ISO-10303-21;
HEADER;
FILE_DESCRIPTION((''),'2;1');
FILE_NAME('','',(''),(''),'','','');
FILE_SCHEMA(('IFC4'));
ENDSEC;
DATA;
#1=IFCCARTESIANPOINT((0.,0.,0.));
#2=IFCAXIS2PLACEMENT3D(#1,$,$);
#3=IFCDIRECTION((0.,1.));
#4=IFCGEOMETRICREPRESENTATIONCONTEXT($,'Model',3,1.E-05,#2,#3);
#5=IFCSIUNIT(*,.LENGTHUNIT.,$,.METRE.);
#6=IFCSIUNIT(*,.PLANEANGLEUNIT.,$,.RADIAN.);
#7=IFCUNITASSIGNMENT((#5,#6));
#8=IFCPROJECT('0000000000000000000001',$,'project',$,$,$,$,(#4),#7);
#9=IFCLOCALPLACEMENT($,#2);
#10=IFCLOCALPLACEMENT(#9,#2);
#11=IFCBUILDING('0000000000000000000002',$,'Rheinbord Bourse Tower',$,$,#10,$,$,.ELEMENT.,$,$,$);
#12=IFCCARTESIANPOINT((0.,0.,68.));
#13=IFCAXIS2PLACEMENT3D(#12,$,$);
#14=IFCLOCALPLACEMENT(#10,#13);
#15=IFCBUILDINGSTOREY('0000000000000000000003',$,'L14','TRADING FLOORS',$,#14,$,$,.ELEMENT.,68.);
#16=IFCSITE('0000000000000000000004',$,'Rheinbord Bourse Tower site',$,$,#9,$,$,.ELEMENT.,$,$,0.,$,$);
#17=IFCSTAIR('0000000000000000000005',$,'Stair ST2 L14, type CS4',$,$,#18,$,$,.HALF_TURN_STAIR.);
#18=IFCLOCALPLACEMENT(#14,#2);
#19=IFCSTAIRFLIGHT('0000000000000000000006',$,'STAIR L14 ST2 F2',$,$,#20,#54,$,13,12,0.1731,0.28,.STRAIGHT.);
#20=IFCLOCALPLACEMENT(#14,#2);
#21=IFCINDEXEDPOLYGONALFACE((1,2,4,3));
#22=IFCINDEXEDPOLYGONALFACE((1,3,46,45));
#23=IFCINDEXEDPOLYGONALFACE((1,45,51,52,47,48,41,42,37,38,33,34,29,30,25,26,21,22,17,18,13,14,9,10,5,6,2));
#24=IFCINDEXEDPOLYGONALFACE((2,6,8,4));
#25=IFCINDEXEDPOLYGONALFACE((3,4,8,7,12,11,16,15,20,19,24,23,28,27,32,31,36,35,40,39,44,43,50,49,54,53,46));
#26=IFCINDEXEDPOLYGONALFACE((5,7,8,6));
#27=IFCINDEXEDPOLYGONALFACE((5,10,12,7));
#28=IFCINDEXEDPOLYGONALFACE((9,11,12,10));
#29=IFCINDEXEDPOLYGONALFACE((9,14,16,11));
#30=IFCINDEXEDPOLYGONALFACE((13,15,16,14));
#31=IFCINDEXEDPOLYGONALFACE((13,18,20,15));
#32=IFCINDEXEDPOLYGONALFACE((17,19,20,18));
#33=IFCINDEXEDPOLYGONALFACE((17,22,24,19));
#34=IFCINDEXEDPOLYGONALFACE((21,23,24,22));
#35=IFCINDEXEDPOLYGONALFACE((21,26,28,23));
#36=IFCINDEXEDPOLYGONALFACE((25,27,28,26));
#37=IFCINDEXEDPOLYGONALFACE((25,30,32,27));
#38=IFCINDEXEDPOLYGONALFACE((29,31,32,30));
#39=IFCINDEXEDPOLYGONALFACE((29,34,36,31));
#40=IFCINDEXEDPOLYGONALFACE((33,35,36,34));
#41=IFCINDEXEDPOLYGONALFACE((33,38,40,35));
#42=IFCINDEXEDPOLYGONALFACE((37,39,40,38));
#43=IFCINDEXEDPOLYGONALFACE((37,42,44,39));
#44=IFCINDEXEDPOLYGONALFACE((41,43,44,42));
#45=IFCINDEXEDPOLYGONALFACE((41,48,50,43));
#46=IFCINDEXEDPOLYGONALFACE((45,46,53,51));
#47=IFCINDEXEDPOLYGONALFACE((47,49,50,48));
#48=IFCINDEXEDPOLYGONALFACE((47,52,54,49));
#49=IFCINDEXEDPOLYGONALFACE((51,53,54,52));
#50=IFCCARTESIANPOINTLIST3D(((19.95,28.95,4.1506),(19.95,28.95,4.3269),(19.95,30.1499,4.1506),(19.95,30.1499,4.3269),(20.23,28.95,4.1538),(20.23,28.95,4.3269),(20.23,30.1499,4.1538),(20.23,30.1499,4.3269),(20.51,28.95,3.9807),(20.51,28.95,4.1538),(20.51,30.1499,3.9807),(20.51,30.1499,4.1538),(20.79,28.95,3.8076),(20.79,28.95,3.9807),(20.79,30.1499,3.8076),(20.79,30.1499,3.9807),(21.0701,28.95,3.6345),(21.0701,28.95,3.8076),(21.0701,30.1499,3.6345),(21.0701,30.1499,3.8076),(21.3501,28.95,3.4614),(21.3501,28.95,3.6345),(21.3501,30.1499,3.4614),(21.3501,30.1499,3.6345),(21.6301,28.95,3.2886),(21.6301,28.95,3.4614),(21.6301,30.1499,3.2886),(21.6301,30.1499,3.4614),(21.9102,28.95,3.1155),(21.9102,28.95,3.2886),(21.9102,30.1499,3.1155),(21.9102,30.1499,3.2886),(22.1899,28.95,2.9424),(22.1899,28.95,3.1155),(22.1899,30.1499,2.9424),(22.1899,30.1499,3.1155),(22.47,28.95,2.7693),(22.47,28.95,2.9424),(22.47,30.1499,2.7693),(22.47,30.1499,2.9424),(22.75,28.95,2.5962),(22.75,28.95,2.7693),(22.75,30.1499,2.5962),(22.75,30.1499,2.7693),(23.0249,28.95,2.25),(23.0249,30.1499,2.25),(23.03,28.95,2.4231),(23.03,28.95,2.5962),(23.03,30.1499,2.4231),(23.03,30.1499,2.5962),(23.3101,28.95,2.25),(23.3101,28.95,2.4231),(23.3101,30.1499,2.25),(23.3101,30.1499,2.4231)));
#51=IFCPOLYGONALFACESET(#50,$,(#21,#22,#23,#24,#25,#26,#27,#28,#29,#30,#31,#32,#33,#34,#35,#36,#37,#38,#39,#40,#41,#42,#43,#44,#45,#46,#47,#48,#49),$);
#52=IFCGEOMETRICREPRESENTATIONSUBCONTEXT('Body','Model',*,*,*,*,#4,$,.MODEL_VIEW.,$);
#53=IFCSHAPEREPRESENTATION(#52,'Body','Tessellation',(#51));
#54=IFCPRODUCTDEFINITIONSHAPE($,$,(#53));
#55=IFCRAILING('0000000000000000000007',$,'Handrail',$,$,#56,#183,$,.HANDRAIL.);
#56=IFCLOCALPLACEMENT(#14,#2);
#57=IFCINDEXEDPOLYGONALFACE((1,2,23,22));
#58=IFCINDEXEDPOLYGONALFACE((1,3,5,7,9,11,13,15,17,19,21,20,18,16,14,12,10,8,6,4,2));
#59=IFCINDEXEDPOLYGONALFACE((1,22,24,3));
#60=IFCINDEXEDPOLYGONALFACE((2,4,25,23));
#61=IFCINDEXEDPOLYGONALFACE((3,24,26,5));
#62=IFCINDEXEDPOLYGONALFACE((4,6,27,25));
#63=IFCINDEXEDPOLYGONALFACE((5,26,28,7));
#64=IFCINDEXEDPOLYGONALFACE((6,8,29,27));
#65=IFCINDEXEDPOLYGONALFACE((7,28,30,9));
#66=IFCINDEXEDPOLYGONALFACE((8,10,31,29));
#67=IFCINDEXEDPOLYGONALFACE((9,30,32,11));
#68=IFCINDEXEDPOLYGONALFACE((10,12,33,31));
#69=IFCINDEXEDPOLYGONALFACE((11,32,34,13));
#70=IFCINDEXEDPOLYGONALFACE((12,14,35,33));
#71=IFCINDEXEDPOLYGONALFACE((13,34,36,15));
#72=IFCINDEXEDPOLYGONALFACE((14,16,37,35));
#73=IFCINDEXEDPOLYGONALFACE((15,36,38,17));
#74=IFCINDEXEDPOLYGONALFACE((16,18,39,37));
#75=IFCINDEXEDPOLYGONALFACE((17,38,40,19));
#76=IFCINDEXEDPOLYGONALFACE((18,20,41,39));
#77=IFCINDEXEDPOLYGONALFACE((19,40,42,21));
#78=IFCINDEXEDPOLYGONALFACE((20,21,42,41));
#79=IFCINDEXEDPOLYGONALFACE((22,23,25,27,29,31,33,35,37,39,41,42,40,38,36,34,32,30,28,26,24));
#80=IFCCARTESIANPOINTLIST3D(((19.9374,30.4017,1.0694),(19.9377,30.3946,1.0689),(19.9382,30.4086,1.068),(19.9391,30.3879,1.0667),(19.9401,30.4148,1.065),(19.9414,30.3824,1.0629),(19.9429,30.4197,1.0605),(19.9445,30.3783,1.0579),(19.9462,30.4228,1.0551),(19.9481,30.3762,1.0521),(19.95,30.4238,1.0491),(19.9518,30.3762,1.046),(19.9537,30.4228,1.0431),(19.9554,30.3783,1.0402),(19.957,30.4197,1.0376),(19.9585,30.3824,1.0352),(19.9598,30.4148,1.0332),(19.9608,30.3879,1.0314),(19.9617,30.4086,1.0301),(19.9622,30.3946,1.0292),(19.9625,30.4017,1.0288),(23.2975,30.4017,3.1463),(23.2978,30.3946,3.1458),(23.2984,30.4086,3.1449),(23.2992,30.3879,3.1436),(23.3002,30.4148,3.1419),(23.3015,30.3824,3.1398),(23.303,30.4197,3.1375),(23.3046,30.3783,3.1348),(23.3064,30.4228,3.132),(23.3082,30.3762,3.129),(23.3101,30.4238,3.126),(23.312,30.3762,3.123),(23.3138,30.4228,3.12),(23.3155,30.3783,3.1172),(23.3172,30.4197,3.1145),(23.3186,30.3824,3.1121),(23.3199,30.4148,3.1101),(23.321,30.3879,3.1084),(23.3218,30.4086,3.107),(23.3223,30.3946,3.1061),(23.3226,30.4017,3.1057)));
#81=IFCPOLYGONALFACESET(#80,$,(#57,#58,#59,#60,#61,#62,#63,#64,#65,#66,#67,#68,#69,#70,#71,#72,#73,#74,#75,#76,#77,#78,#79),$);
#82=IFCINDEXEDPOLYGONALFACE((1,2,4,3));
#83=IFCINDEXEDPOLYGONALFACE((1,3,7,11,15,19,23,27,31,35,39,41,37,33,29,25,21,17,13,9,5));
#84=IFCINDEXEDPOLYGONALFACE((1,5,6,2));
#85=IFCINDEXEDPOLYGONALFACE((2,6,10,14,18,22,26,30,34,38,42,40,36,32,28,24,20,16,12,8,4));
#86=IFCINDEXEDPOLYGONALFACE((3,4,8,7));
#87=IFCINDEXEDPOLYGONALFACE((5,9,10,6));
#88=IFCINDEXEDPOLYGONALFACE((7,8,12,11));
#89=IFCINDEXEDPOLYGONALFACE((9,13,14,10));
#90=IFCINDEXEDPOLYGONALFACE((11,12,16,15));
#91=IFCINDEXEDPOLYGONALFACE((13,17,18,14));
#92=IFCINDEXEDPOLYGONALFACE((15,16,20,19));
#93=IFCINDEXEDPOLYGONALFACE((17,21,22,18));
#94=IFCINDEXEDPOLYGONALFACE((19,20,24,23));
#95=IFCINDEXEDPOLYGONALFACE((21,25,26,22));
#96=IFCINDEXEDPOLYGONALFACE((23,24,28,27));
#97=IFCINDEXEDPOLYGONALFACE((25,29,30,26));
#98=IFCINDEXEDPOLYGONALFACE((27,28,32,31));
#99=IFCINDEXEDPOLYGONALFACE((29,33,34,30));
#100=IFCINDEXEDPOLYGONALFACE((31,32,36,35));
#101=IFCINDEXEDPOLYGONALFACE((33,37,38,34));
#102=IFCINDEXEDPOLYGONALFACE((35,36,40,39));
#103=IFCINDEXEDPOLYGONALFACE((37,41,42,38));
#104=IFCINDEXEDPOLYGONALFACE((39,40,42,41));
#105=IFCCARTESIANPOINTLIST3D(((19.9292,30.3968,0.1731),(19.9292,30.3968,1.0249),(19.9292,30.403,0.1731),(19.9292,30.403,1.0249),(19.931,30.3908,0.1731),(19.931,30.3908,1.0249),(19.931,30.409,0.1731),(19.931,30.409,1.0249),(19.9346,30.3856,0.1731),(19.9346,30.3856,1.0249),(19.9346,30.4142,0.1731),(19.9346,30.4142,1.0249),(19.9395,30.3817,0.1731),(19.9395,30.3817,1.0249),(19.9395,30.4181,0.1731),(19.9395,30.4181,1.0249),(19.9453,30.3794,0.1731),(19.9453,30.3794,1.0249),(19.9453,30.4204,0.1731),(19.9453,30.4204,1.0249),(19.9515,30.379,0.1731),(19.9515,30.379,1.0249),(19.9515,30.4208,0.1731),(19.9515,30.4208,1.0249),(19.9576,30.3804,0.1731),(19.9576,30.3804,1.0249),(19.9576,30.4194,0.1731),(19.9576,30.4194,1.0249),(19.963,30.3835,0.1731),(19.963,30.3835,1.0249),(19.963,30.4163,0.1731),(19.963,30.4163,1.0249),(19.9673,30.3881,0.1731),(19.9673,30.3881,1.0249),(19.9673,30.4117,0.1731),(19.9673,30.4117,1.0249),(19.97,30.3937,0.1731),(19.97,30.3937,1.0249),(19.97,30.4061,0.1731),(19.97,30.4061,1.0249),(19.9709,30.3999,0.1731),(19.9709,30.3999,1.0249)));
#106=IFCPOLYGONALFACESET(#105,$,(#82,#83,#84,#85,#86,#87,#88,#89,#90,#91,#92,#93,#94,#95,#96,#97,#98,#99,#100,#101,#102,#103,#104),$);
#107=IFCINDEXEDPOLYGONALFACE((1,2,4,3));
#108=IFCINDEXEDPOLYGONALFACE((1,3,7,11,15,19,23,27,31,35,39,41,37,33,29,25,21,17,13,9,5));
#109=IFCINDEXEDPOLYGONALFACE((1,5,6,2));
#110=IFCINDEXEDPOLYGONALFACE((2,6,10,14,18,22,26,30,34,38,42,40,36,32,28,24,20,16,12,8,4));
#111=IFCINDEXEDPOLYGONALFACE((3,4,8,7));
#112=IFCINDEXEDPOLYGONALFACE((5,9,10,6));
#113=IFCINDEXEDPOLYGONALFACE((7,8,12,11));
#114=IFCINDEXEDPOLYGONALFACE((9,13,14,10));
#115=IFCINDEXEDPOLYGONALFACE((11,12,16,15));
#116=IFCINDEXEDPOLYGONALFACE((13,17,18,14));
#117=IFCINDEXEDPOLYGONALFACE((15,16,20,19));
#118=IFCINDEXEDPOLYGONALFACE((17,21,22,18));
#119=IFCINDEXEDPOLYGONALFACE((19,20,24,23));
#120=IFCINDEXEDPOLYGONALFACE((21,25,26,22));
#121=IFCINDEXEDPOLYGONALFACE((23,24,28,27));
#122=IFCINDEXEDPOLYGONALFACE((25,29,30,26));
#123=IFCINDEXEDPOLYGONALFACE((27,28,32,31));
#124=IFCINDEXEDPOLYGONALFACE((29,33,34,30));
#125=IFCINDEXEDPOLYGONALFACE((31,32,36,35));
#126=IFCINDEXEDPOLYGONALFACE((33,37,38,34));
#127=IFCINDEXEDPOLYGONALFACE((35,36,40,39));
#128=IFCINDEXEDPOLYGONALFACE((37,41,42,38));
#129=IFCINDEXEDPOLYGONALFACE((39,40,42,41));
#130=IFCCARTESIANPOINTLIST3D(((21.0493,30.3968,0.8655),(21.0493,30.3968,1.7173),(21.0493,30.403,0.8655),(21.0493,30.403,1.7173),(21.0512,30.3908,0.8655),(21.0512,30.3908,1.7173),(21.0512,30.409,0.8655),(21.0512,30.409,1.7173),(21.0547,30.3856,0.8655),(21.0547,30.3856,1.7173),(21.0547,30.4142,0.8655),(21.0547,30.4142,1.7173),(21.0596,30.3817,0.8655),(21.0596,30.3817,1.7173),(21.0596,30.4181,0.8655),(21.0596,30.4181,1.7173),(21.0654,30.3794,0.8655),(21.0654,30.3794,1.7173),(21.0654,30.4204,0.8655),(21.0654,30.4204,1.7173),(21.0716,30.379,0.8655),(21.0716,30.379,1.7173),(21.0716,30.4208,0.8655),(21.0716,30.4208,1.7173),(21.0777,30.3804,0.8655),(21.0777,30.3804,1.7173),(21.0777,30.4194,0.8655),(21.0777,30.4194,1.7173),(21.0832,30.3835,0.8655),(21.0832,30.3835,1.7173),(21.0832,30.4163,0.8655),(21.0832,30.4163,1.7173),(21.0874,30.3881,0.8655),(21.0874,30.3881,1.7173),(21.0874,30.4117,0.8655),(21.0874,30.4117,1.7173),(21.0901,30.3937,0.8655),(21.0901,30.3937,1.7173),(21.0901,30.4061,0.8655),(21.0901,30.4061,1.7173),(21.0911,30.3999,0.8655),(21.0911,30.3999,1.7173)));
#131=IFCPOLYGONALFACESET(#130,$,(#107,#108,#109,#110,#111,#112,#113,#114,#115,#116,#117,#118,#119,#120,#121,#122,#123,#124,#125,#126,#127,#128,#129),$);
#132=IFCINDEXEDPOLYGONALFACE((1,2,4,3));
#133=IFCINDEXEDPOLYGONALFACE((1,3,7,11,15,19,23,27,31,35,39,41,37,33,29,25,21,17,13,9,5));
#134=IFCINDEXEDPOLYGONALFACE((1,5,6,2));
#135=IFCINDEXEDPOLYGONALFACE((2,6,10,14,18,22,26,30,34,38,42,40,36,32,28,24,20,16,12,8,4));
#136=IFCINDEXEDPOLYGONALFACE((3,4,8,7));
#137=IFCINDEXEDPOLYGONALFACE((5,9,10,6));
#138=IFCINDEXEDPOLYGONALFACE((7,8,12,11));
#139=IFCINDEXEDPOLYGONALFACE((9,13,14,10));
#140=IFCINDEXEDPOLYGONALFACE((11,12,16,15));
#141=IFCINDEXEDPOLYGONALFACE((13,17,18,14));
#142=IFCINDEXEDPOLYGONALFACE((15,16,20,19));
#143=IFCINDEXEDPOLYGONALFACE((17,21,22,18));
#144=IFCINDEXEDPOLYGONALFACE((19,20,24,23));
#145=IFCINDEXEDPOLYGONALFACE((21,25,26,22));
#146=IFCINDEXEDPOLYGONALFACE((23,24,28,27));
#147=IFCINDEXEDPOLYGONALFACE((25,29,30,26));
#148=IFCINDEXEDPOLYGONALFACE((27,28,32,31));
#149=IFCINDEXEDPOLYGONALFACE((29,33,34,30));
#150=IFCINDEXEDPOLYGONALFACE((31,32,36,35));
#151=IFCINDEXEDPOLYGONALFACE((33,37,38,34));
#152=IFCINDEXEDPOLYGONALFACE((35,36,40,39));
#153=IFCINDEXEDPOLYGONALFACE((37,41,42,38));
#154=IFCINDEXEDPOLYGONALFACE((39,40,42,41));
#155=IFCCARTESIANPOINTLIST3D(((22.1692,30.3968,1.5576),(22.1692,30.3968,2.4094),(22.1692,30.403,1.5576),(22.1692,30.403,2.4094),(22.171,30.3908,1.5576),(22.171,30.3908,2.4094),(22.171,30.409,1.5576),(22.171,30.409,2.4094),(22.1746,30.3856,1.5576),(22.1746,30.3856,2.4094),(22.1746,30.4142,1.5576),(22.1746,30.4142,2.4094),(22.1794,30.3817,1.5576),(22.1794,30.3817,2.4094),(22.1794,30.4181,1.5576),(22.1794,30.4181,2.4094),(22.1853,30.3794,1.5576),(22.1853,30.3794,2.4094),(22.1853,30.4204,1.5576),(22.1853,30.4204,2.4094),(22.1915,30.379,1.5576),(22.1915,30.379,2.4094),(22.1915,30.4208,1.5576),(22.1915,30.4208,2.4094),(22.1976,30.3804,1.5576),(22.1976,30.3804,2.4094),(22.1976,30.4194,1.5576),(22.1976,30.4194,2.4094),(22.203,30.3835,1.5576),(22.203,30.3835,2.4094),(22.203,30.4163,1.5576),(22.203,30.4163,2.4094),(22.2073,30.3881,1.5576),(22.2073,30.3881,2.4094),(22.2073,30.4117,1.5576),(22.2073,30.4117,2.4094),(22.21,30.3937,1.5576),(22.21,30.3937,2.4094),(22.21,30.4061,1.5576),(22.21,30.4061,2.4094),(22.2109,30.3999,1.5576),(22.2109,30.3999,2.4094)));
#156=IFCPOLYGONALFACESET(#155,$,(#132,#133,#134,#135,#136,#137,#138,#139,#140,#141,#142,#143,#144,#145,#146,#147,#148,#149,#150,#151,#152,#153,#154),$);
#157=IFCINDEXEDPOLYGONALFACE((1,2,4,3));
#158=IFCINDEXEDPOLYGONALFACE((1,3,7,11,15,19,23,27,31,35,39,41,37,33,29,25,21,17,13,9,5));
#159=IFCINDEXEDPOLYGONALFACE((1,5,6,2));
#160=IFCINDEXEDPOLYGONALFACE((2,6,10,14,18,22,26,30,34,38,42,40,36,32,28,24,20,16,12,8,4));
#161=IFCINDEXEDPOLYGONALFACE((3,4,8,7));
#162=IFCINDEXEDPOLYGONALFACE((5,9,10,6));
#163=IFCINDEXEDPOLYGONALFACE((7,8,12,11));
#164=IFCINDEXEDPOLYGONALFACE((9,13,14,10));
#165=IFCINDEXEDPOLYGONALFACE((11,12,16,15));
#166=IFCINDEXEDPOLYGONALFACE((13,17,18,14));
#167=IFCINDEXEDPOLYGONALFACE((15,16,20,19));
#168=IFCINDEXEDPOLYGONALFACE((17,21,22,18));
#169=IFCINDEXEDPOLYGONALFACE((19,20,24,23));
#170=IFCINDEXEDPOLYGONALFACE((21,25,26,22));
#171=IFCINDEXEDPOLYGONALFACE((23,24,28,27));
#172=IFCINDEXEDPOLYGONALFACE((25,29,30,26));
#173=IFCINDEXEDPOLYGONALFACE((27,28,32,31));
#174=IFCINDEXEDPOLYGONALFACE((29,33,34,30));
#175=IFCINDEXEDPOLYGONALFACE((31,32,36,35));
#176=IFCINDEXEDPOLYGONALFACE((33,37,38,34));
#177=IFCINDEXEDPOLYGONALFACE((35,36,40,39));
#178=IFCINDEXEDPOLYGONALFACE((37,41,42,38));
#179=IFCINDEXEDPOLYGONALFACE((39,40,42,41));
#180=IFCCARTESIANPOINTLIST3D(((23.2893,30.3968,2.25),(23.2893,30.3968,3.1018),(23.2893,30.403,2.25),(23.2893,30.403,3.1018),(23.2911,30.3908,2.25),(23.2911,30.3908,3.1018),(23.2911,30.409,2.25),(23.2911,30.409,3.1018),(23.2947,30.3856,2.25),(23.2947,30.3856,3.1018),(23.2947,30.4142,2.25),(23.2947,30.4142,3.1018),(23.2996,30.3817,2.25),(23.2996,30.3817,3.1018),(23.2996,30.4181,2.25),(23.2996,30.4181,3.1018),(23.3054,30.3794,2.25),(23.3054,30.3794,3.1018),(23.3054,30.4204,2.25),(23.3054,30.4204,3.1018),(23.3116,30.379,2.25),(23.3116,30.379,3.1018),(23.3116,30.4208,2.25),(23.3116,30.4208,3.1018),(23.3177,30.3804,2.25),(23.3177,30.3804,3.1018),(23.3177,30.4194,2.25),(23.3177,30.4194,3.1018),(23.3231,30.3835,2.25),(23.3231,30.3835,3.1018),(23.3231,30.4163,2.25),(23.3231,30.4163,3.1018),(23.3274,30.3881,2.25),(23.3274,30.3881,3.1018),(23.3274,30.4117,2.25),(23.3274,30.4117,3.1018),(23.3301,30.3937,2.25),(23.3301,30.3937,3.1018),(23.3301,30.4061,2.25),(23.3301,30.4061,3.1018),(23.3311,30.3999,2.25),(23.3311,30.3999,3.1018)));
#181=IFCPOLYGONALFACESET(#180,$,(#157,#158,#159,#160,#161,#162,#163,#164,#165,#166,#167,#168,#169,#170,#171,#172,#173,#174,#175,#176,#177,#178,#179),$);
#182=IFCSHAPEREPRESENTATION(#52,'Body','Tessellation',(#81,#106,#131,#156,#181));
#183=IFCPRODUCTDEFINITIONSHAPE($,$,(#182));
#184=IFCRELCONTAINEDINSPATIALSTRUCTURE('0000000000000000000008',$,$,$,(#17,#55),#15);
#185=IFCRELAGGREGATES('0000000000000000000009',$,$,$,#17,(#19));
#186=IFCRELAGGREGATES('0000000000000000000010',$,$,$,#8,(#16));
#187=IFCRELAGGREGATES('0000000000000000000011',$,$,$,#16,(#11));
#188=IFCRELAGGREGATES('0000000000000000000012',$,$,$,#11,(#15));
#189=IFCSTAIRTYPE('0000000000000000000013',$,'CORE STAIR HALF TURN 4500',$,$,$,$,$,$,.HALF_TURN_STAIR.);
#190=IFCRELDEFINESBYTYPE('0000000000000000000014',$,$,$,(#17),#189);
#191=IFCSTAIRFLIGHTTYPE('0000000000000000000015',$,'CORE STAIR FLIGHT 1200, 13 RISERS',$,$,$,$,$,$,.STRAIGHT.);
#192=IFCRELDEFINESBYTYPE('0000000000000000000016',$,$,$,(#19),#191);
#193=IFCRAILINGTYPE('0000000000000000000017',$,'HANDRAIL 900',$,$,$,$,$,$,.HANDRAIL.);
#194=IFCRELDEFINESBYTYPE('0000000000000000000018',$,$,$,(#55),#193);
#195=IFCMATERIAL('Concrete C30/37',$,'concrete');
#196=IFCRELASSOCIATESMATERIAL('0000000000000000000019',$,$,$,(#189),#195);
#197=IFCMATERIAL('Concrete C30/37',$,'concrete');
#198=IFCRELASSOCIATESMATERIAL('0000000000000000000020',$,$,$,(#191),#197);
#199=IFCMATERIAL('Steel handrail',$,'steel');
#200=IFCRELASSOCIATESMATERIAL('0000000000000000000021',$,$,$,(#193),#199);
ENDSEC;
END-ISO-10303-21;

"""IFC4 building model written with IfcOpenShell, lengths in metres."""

from ifc_helpers import new_model, si_unit, direction, frame, origin, origin_2d, place, context, subcontext, project, spatial, polyline, circle, outline, extrude, material, type_object, element, aggregate, save


model = new_model("IFC4")

# Units and contexts
model_context = context("Model", 3, precision=1e-05, world=origin(), true_north=direction((0.0, 1.0)))
body_context = subcontext(model_context, "Body", "Model", "MODEL_VIEW")
ifc_project = project(units=[si_unit("LENGTHUNIT", "METRE"), si_unit("PLANEANGLEUNIT", "RADIAN")], contexts=[model_context])

# Site, building, storey
site_placement = place(None, origin())
site = spatial("IfcSite", under=ifc_project, at=site_placement, Name="Rheinbord Bourse Tower site", CompositionType="ELEMENT", RefElevation=0.0)
building_placement = place(site_placement, origin())
building = spatial("IfcBuilding", under=site, at=building_placement, Name="Rheinbord Bourse Tower", CompositionType="ELEMENT")
storey_placement = place(building_placement, frame((0.0, 0.0, 68.0)))
storey = spatial("IfcBuildingStorey", under=building, at=storey_placement, Name="L14", Description="TRADING FLOORS", CompositionType="ELEMENT", Elevation=68.0)

# Stair, stair flight
ifc_material_1 = material(Name="Concrete C30/37", Category="concrete")
stair_type = type_object("IfcStairType", Name="CORE STAIR HALF TURN 4500", PredefinedType="HALF_TURN_STAIR", material=ifc_material_1)
stair_placement = place(storey_placement, origin())
stair = element("IfcStair", 1, at=stair_placement, inside=storey, type_object=stair_type, Name="Stair ST2 L14, type CS4", PredefinedType="HALF_TURN_STAIR")
ifc_material_2 = material(Name="Concrete C30/37", Category="concrete")
stair_flight_type = type_object("IfcStairFlightType", Name="CORE STAIR FLIGHT 1200, 13 RISERS", PredefinedType="STRAIGHT", material=ifc_material_2)
stair_flight_1_placement = place(storey_placement, frame((23.3101, 29.55, 2.25), z_axis=(0.0, 0.0, 1.0), x_axis=(-1.0, 0.0, 0.0)))
stair_flight_1 = element("IfcStairFlight", 2, at=stair_flight_1_placement, type_object=stair_flight_type, Name="STAIR L14 ST2 F2", NumberOfRisers=13, NumberOfTreads=12, PredefinedType="STRAIGHT", RiserHeight=0.1731, TreadLength=0.28, context=body_context, shape_type="SweptSolid", body=[
    extrude(outline(polyline([(0.0, 0.0), (0.0, 0.1731), (0.28, 0.1731), (0.28, 0.3462), (0.5601, 0.3462), (0.5601, 0.5193), (0.8401, 0.5193), (0.8401, 0.6924), (1.1201, 0.6924), (1.1201, 0.8655), (1.3999, 0.8655), (1.3999, 1.0386), (1.6799, 1.0386), (1.6799, 1.2114), (1.96, 1.2114), (1.96, 1.3845), (2.24, 1.3845), (2.24, 1.5576), (2.52, 1.5576), (2.52, 1.7307), (2.8, 1.7307), (2.8, 1.9038), (3.0801, 1.9038), (3.0801, 2.0769), (3.3601, 2.0769), (3.3601, 2.25), (3.3601, 1.9006), (0.2852, 0.0), (0.0, 0.0)])), frame((0.0, 0.6001, 0.0), z_axis=(0.0, -1.0, 0.0), x_axis=(1.0, 0.0, 0.0)), (0.0, 0.0, 1.0), 1.2),
])
aggregate(stair, [stair_flight_1])

# Railing
ifc_material_3 = material(Name="Steel handrail", Category="steel")
railing_type = type_object("IfcRailingType", Name="HANDRAIL 900", PredefinedType="HANDRAIL", material=ifc_material_3)
railing_1_placement = place(storey_placement, frame((19.95, 30.3999, 0.1731)))
element("IfcRailing", 3, at=railing_1_placement, inside=storey, type_object=railing_type, Name="Handrail", PredefinedType="HANDRAIL", context=body_context, shape_type="SweptSolid", body=[
    extrude(circle(Radius=0.0239, at=origin_2d()), frame((0.0, 0.0, 0.876), z_axis=(0.850623, 0.0, 0.525776), x_axis=(0.0, 1.0, 0.0)), (0.0, 0.0, 1.0), 3.9502),
    extrude(circle(Radius=0.021, at=origin_2d()), origin(), (0.0, 0.0, 1.0), 0.8518),
    extrude(circle(Radius=0.021, at=origin_2d()), frame((1.1201, 0.0, 0.6924)), (0.0, 0.0, 1.0), 0.8518),
    extrude(circle(Radius=0.021, at=origin_2d()), frame((2.24, 0.0, 1.3845)), (0.0, 0.0, 1.0), 0.8518),
    extrude(circle(Radius=0.021, at=origin_2d()), frame((3.3601, 0.0, 2.0769)), (0.0, 0.0, 1.0), 0.8518),
])

save(model, "model.ifc")
